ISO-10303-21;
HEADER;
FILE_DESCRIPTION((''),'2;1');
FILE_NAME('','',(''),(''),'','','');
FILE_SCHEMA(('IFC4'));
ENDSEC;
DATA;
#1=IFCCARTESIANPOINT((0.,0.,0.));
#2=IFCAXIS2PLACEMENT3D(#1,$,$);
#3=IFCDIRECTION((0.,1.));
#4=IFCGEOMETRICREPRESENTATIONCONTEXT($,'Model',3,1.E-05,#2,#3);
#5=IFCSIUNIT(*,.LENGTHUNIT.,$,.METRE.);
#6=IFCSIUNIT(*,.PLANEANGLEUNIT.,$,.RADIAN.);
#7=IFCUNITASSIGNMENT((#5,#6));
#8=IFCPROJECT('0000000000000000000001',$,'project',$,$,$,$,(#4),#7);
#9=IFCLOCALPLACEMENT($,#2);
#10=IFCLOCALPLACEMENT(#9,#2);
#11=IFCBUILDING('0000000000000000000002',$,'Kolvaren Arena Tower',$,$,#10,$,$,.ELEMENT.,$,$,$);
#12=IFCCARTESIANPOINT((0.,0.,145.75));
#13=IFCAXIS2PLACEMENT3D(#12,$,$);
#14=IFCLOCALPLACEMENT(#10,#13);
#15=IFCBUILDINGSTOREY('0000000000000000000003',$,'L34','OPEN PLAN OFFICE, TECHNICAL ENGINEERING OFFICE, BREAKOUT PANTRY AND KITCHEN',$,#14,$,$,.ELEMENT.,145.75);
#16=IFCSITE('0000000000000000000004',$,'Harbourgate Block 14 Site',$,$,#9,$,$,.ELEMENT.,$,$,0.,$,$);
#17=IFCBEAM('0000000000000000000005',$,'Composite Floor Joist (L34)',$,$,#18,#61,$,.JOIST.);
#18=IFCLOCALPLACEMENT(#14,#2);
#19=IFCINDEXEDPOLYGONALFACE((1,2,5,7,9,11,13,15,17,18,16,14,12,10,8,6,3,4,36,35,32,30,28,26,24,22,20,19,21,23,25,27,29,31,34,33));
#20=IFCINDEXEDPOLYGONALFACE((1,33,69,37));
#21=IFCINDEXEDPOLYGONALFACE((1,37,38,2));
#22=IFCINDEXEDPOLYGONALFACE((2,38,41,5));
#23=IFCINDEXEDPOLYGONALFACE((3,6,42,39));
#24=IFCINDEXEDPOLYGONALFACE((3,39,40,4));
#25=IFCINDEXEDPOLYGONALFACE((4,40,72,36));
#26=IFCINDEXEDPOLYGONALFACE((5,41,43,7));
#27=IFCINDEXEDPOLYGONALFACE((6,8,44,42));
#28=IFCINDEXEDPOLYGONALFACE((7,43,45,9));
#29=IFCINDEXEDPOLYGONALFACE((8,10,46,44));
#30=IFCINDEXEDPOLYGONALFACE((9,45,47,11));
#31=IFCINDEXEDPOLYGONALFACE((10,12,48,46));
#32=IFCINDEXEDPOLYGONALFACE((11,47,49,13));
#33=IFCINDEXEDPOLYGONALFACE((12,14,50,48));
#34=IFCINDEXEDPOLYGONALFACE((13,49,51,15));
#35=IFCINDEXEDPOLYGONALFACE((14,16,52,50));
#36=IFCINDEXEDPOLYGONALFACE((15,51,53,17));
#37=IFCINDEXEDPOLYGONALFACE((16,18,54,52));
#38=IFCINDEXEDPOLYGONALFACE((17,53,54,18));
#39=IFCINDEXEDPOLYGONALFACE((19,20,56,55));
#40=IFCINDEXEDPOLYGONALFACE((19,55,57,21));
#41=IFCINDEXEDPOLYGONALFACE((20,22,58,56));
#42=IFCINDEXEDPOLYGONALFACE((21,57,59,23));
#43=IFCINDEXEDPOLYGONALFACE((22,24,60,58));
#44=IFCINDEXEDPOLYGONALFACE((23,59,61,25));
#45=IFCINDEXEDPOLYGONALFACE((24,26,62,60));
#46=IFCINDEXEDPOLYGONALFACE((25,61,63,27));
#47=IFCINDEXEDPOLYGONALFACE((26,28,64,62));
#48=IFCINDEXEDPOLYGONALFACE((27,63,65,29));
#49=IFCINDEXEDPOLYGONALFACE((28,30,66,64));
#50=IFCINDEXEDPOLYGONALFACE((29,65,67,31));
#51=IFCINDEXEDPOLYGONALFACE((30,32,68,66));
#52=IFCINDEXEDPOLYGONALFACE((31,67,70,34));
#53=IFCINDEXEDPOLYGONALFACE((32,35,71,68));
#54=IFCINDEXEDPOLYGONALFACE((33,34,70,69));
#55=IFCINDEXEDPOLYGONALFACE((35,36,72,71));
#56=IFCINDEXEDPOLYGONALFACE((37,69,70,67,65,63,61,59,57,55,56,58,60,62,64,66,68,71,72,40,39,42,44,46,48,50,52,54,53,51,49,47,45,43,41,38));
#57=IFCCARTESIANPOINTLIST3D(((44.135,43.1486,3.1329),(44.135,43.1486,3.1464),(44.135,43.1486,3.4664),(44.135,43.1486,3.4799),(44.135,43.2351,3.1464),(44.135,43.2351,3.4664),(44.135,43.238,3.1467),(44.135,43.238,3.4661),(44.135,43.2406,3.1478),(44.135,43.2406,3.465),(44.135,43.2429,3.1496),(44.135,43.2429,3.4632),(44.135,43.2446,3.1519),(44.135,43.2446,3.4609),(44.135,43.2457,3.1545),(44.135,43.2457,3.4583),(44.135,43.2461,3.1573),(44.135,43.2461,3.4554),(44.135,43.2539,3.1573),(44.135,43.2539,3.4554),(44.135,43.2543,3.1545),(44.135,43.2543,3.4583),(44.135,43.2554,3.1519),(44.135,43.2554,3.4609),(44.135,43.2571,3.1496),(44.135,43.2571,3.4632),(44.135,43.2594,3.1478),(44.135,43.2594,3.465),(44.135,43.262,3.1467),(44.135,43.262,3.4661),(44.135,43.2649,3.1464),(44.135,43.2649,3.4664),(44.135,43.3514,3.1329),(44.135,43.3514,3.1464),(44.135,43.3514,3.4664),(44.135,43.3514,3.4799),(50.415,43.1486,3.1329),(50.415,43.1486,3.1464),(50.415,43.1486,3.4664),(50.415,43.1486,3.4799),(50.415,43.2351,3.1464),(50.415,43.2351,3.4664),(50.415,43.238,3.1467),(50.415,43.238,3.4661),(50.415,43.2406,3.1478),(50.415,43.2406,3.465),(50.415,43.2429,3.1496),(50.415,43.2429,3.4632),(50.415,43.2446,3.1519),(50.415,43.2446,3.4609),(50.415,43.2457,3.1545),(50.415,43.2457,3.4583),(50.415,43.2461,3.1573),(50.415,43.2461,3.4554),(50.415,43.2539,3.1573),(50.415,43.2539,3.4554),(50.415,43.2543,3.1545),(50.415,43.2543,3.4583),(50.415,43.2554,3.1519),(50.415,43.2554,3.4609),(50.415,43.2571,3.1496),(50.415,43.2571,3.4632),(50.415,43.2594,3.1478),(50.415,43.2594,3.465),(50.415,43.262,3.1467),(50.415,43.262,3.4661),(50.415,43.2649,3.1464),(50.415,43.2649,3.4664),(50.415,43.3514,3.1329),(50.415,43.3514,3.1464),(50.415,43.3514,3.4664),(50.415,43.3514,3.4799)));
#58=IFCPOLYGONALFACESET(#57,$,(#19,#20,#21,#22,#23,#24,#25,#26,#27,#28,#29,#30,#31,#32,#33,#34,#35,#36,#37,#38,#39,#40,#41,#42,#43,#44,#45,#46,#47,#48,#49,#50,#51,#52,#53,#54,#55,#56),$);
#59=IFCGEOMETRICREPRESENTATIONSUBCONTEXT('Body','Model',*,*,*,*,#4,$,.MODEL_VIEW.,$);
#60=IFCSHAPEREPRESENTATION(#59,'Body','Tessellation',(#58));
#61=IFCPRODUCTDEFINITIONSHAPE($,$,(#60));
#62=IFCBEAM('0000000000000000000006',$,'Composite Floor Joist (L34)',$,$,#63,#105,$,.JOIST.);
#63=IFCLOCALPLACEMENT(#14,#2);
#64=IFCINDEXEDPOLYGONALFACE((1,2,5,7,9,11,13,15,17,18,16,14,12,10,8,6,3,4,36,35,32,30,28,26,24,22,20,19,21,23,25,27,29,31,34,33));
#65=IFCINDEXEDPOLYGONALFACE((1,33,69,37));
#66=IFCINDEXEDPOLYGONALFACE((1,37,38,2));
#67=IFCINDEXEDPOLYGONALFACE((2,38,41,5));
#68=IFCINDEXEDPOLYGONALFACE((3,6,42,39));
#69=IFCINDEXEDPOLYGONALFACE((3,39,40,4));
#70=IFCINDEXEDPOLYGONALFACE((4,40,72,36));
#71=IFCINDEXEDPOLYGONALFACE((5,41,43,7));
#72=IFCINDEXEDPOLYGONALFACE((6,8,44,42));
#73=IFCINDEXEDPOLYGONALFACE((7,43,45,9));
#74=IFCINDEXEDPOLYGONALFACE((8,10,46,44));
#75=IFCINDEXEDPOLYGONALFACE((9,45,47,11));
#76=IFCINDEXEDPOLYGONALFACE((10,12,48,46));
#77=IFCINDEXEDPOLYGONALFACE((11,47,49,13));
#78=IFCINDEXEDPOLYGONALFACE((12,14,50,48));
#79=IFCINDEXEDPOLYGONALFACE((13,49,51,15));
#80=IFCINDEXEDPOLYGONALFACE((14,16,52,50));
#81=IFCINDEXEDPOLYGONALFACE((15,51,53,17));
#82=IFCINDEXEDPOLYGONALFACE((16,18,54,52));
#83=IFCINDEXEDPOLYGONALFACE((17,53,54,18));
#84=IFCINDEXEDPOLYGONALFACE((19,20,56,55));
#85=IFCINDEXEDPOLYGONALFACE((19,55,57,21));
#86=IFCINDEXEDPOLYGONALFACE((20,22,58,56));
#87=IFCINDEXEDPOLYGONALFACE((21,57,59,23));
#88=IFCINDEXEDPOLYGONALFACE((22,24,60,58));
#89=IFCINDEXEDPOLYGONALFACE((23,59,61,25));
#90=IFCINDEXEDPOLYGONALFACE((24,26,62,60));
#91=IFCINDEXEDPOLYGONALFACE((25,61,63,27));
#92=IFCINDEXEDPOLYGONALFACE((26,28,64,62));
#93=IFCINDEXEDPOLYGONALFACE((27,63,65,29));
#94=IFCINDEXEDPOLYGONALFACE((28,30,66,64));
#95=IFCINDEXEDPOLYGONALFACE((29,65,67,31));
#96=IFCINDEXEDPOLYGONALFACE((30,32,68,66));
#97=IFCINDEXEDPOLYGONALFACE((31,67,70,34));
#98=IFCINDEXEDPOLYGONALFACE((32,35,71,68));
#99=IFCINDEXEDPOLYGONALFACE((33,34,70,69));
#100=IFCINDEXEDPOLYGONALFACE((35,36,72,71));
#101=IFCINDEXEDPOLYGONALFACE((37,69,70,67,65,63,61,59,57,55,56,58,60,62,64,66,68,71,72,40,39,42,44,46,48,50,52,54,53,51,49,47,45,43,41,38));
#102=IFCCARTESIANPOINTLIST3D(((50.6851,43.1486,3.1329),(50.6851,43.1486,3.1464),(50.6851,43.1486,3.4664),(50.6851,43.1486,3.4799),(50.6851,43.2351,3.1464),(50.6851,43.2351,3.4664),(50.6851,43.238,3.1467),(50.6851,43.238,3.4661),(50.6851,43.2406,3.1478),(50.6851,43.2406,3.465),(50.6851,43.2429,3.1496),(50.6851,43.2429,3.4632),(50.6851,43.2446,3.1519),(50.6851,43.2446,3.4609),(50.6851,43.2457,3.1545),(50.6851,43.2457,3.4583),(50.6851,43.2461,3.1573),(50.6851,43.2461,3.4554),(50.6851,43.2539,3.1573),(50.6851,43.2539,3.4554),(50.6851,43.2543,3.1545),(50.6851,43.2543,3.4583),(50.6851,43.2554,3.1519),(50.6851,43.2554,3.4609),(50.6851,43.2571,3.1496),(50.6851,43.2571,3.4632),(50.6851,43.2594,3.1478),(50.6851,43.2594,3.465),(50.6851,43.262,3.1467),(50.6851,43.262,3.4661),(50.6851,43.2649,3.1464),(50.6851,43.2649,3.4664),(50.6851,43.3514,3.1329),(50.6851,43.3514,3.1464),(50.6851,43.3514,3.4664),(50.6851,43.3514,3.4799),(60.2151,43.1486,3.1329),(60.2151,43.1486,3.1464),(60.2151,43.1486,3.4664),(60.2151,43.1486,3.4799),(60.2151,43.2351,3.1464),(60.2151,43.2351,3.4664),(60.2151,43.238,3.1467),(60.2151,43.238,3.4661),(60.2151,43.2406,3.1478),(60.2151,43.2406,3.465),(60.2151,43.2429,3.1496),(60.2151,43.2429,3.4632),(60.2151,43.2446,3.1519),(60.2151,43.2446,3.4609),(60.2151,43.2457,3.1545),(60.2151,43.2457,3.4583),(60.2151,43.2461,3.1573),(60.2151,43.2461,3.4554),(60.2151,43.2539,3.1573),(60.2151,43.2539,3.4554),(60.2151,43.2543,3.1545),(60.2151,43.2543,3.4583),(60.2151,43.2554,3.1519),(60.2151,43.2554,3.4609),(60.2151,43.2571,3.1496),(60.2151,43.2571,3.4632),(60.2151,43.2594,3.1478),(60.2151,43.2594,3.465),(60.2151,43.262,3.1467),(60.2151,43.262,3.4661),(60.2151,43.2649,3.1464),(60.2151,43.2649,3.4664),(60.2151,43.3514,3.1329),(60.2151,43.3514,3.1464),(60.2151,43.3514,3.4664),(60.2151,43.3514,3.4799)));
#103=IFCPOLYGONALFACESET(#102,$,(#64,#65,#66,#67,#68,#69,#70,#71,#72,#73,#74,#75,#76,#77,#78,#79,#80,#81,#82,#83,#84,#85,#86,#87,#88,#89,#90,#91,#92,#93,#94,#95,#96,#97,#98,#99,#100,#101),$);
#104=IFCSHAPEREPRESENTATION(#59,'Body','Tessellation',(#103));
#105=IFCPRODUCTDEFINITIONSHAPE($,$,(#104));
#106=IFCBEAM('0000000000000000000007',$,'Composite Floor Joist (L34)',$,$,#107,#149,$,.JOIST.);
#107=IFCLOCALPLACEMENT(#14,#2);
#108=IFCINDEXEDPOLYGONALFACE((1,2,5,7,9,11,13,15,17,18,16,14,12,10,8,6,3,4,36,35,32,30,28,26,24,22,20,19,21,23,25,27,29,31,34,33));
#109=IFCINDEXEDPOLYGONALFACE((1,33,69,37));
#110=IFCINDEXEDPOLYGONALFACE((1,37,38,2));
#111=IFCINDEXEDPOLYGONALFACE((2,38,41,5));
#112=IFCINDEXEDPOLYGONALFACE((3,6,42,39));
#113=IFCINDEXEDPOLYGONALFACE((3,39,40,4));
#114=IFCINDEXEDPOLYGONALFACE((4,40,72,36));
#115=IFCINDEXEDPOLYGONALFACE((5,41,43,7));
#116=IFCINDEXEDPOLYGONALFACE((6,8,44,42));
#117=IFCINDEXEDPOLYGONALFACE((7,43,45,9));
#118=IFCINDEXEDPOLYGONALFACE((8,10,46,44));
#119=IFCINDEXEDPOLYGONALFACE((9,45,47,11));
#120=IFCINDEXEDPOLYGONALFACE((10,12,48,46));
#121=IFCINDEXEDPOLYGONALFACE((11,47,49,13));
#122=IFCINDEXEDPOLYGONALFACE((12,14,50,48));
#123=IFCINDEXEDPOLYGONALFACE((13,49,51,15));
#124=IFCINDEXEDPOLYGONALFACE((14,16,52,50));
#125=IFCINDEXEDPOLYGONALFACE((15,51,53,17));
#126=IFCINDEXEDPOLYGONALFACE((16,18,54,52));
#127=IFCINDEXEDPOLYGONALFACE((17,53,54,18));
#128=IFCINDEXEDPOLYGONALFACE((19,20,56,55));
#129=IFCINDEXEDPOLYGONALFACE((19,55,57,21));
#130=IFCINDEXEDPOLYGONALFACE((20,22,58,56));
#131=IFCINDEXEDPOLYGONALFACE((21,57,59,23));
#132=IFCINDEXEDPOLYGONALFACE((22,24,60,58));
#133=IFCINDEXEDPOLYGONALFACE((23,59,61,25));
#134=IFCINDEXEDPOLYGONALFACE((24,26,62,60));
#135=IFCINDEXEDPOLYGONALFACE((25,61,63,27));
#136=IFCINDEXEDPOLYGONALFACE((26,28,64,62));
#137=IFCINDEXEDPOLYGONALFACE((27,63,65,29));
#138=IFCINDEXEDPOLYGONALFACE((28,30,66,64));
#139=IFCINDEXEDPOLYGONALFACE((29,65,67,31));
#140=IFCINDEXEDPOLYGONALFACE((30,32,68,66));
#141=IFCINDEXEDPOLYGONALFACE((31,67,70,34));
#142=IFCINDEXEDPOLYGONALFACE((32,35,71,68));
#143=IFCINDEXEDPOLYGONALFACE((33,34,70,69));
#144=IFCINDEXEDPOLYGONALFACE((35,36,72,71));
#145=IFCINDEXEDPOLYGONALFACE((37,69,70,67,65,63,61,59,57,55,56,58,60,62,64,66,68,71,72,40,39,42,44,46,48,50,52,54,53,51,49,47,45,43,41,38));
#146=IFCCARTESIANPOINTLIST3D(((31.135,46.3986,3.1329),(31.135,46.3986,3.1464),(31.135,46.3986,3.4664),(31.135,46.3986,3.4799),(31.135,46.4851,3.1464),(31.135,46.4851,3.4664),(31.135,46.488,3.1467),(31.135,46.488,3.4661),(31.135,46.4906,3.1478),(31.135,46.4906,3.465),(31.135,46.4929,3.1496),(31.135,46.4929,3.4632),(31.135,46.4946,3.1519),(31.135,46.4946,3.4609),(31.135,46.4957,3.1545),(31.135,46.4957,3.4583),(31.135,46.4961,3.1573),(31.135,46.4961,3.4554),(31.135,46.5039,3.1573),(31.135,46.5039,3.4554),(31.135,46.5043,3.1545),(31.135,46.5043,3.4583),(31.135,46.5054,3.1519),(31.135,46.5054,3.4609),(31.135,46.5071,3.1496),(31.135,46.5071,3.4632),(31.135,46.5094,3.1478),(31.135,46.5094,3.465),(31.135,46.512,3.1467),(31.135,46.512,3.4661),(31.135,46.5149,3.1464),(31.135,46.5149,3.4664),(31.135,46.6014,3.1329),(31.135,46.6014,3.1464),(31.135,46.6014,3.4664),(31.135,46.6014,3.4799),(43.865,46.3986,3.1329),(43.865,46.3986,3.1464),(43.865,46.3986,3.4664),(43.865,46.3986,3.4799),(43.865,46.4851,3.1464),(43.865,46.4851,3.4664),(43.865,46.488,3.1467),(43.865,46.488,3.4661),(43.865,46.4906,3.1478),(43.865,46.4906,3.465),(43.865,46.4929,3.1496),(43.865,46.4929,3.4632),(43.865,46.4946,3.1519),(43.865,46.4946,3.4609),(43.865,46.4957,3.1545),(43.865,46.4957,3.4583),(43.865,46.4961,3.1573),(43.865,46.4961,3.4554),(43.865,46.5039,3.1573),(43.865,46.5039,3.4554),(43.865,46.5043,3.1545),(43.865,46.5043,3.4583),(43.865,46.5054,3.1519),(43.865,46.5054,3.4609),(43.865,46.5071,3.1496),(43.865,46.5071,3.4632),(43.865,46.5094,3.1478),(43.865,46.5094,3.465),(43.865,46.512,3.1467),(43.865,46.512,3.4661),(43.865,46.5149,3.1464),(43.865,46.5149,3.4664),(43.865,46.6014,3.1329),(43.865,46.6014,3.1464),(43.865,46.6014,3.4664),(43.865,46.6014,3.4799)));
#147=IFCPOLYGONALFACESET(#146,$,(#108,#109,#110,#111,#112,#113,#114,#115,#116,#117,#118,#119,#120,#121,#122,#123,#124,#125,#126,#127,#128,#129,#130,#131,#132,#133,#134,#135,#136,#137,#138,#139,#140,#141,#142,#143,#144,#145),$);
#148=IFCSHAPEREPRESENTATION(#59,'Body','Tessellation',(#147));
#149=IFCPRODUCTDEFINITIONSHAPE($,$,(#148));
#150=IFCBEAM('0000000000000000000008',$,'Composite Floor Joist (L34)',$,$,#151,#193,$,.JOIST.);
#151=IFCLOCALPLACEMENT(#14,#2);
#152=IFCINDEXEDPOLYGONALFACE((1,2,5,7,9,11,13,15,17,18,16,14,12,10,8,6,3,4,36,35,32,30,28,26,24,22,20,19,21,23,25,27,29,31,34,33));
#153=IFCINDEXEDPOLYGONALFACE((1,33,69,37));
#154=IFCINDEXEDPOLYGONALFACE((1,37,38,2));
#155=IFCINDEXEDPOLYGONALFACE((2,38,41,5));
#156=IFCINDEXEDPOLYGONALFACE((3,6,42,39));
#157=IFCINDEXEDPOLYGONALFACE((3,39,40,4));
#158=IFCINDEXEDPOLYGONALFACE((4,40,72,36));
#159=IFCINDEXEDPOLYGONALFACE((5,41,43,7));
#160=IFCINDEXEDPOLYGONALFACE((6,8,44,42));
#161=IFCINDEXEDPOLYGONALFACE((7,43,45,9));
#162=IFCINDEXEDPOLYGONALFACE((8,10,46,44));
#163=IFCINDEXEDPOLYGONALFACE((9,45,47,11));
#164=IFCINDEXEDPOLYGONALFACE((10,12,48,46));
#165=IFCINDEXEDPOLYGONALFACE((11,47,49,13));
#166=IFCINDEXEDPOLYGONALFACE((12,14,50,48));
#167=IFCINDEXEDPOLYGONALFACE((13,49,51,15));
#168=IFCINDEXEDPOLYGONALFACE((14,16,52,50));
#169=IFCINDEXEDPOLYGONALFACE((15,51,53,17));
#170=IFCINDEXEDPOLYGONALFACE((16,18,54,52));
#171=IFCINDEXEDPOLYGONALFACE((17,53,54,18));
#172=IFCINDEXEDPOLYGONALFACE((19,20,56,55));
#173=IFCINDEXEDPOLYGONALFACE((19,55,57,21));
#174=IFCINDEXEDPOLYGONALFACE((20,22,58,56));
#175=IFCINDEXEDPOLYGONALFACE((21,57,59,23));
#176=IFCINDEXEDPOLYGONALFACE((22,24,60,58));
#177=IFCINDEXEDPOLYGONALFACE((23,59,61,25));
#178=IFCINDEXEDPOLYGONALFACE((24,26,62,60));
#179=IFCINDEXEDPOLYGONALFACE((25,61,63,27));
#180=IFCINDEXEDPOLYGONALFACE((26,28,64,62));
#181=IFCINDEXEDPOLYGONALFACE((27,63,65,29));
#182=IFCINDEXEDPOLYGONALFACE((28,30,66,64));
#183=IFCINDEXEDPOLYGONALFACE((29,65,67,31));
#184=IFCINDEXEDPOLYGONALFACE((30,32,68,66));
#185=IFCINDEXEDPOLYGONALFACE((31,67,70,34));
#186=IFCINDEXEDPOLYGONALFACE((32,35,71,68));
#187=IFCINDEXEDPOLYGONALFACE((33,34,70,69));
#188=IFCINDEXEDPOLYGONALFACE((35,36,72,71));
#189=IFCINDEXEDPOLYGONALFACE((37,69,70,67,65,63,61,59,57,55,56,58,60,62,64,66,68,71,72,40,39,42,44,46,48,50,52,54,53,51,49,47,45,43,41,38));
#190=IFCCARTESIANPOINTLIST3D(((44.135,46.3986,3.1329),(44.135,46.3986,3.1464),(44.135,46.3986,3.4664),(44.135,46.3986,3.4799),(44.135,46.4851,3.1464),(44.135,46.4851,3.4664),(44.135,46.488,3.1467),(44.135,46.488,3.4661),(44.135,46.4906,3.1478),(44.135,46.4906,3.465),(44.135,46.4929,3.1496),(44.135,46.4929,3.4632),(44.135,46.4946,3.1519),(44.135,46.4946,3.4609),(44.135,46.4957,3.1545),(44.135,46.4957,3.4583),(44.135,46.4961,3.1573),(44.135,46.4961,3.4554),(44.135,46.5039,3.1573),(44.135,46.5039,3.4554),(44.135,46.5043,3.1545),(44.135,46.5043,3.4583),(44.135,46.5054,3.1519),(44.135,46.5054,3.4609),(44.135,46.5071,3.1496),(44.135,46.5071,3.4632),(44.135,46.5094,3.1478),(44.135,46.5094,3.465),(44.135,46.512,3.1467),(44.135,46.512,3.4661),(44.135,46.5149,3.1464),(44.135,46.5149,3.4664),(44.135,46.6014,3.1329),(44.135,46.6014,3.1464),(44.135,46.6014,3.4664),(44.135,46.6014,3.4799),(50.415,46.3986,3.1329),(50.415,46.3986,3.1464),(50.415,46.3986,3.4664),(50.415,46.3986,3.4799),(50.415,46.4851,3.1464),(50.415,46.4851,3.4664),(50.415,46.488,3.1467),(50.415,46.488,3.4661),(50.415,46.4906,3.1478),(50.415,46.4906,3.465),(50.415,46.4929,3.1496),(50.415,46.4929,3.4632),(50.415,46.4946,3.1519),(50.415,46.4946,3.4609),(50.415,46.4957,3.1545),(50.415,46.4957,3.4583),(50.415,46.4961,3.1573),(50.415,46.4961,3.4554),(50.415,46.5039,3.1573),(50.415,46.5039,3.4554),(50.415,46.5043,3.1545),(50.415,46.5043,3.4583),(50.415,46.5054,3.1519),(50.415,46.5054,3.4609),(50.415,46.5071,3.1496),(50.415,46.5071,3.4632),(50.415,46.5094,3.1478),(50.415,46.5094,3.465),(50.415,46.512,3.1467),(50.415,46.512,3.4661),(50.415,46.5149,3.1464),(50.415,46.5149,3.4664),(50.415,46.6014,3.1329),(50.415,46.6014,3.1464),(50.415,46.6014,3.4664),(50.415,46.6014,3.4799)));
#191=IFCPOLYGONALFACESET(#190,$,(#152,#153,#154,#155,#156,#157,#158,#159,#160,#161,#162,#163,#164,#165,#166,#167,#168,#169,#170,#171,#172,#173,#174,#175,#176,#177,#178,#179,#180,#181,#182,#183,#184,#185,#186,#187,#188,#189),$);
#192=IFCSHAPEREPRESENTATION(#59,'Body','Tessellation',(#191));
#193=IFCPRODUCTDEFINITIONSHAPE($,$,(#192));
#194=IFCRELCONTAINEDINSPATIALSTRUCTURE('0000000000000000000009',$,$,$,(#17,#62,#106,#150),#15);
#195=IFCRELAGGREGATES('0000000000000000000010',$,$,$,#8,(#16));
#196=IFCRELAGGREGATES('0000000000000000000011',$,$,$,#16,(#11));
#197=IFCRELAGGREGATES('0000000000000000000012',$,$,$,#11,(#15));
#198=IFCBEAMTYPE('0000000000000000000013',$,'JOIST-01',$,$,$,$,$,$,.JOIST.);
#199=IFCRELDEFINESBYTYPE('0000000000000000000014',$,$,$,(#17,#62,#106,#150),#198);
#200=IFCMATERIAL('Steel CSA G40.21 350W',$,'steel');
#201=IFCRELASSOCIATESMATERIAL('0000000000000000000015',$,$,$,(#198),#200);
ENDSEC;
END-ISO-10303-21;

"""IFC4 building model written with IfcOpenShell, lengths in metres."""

from ifc_helpers import new_model, si_unit, direction, frame, origin, origin_2d, place, context, subcontext, project, spatial, i_section, extrude, material, material_profile, profile_set, type_object, element, save


model = new_model("IFC4")

# Units and contexts
model_context = context("Model", 3, precision=1e-05, world=origin(), true_north=direction((0.0, 1.0)))
body_context = subcontext(model_context, "Body", "Model", "MODEL_VIEW")
ifc_project = project(units=[si_unit("LENGTHUNIT", "METRE"), si_unit("PLANEANGLEUNIT", "RADIAN")], contexts=[model_context])

# Site, building, storey
site_placement = place(None, origin())
site = spatial("IfcSite", under=ifc_project, at=site_placement, Name="Harbourgate Block 14 Site", CompositionType="ELEMENT", RefElevation=0.0)
building_placement = place(site_placement, origin())
building = spatial("IfcBuilding", under=site, at=building_placement, Name="Kolvaren Arena Tower", CompositionType="ELEMENT")
storey_placement = place(building_placement, frame((0.0, 0.0, 145.75)))
storey = spatial("IfcBuildingStorey", under=building, at=storey_placement, Name="L34", Description="OPEN PLAN OFFICE, TECHNICAL ENGINEERING OFFICE, BREAKOUT PANTRY AND KITCHEN", CompositionType="ELEMENT", Elevation=145.75)

# Beams
ifc_material_1 = material(Name="Steel CSA G40.21 350W", Category="steel")
ifc_material_profile_1 = material_profile(ifc_material_1, i_section(OverallWidth=0.2029, OverallDepth=0.3469, WebThickness=0.0078, FlangeThickness=0.0134, FilletRadius=0.011, at=origin_2d()), Name="W360x64")
ifc_profile_set_1 = profile_set([ifc_material_profile_1], Name="Steel CSA G40.21 350W")
beam_type_1 = type_object("IfcBeamType", Name="JOIST-01", PredefinedType="JOIST", material=ifc_profile_set_1)
beam_1_placement = place(storey_placement, frame((44.135, 43.25, 3.3064), z_axis=(1.0, 0.0, 0.0), x_axis=(0.0, 1.0, 0.0)))
element("IfcBeam", 1, at=beam_1_placement, inside=storey, type_object=beam_type_1, Name="Composite Floor Joist (L34)", PredefinedType="JOIST", context=body_context, shape_type="SweptSolid", body=[
    extrude(i_section(OverallWidth=0.2029, OverallDepth=0.3469, WebThickness=0.0078, FlangeThickness=0.0134, FilletRadius=0.011, at=origin_2d()), origin(), (0.0, 0.0, 1.0), 6.28),
])
beam_2_placement = place(storey_placement, frame((50.6851, 43.25, 3.3064), z_axis=(1.0, 0.0, 0.0), x_axis=(0.0, 1.0, 0.0)))
element("IfcBeam", 2, at=beam_2_placement, inside=storey, type_object=beam_type_1, Name="Composite Floor Joist (L34)", PredefinedType="JOIST", context=body_context, shape_type="SweptSolid", body=[
    extrude(i_section(OverallWidth=0.2029, OverallDepth=0.3469, WebThickness=0.0078, FlangeThickness=0.0134, FilletRadius=0.011, at=origin_2d()), origin(), (0.0, 0.0, 1.0), 9.53),
])
beam_3_placement = place(storey_placement, frame((31.135, 46.5, 3.3064), z_axis=(1.0, 0.0, 0.0), x_axis=(0.0, 1.0, 0.0)))
element("IfcBeam", 3, at=beam_3_placement, inside=storey, type_object=beam_type_1, Name="Composite Floor Joist (L34)", PredefinedType="JOIST", context=body_context, shape_type="SweptSolid", body=[
    extrude(i_section(OverallWidth=0.2029, OverallDepth=0.3469, WebThickness=0.0078, FlangeThickness=0.0134, FilletRadius=0.011, at=origin_2d()), origin(), (0.0, 0.0, 1.0), 12.73),
])
beam_4_placement = place(storey_placement, frame((44.135, 46.5, 3.3064), z_axis=(1.0, 0.0, 0.0), x_axis=(0.0, 1.0, 0.0)))
element("IfcBeam", 4, at=beam_4_placement, inside=storey, type_object=beam_type_1, Name="Composite Floor Joist (L34)", PredefinedType="JOIST", context=body_context, shape_type="SweptSolid", body=[
    extrude(i_section(OverallWidth=0.2029, OverallDepth=0.3469, WebThickness=0.0078, FlangeThickness=0.0134, FilletRadius=0.011, at=origin_2d()), origin(), (0.0, 0.0, 1.0), 6.28),
])

save(model, "model.ifc")
